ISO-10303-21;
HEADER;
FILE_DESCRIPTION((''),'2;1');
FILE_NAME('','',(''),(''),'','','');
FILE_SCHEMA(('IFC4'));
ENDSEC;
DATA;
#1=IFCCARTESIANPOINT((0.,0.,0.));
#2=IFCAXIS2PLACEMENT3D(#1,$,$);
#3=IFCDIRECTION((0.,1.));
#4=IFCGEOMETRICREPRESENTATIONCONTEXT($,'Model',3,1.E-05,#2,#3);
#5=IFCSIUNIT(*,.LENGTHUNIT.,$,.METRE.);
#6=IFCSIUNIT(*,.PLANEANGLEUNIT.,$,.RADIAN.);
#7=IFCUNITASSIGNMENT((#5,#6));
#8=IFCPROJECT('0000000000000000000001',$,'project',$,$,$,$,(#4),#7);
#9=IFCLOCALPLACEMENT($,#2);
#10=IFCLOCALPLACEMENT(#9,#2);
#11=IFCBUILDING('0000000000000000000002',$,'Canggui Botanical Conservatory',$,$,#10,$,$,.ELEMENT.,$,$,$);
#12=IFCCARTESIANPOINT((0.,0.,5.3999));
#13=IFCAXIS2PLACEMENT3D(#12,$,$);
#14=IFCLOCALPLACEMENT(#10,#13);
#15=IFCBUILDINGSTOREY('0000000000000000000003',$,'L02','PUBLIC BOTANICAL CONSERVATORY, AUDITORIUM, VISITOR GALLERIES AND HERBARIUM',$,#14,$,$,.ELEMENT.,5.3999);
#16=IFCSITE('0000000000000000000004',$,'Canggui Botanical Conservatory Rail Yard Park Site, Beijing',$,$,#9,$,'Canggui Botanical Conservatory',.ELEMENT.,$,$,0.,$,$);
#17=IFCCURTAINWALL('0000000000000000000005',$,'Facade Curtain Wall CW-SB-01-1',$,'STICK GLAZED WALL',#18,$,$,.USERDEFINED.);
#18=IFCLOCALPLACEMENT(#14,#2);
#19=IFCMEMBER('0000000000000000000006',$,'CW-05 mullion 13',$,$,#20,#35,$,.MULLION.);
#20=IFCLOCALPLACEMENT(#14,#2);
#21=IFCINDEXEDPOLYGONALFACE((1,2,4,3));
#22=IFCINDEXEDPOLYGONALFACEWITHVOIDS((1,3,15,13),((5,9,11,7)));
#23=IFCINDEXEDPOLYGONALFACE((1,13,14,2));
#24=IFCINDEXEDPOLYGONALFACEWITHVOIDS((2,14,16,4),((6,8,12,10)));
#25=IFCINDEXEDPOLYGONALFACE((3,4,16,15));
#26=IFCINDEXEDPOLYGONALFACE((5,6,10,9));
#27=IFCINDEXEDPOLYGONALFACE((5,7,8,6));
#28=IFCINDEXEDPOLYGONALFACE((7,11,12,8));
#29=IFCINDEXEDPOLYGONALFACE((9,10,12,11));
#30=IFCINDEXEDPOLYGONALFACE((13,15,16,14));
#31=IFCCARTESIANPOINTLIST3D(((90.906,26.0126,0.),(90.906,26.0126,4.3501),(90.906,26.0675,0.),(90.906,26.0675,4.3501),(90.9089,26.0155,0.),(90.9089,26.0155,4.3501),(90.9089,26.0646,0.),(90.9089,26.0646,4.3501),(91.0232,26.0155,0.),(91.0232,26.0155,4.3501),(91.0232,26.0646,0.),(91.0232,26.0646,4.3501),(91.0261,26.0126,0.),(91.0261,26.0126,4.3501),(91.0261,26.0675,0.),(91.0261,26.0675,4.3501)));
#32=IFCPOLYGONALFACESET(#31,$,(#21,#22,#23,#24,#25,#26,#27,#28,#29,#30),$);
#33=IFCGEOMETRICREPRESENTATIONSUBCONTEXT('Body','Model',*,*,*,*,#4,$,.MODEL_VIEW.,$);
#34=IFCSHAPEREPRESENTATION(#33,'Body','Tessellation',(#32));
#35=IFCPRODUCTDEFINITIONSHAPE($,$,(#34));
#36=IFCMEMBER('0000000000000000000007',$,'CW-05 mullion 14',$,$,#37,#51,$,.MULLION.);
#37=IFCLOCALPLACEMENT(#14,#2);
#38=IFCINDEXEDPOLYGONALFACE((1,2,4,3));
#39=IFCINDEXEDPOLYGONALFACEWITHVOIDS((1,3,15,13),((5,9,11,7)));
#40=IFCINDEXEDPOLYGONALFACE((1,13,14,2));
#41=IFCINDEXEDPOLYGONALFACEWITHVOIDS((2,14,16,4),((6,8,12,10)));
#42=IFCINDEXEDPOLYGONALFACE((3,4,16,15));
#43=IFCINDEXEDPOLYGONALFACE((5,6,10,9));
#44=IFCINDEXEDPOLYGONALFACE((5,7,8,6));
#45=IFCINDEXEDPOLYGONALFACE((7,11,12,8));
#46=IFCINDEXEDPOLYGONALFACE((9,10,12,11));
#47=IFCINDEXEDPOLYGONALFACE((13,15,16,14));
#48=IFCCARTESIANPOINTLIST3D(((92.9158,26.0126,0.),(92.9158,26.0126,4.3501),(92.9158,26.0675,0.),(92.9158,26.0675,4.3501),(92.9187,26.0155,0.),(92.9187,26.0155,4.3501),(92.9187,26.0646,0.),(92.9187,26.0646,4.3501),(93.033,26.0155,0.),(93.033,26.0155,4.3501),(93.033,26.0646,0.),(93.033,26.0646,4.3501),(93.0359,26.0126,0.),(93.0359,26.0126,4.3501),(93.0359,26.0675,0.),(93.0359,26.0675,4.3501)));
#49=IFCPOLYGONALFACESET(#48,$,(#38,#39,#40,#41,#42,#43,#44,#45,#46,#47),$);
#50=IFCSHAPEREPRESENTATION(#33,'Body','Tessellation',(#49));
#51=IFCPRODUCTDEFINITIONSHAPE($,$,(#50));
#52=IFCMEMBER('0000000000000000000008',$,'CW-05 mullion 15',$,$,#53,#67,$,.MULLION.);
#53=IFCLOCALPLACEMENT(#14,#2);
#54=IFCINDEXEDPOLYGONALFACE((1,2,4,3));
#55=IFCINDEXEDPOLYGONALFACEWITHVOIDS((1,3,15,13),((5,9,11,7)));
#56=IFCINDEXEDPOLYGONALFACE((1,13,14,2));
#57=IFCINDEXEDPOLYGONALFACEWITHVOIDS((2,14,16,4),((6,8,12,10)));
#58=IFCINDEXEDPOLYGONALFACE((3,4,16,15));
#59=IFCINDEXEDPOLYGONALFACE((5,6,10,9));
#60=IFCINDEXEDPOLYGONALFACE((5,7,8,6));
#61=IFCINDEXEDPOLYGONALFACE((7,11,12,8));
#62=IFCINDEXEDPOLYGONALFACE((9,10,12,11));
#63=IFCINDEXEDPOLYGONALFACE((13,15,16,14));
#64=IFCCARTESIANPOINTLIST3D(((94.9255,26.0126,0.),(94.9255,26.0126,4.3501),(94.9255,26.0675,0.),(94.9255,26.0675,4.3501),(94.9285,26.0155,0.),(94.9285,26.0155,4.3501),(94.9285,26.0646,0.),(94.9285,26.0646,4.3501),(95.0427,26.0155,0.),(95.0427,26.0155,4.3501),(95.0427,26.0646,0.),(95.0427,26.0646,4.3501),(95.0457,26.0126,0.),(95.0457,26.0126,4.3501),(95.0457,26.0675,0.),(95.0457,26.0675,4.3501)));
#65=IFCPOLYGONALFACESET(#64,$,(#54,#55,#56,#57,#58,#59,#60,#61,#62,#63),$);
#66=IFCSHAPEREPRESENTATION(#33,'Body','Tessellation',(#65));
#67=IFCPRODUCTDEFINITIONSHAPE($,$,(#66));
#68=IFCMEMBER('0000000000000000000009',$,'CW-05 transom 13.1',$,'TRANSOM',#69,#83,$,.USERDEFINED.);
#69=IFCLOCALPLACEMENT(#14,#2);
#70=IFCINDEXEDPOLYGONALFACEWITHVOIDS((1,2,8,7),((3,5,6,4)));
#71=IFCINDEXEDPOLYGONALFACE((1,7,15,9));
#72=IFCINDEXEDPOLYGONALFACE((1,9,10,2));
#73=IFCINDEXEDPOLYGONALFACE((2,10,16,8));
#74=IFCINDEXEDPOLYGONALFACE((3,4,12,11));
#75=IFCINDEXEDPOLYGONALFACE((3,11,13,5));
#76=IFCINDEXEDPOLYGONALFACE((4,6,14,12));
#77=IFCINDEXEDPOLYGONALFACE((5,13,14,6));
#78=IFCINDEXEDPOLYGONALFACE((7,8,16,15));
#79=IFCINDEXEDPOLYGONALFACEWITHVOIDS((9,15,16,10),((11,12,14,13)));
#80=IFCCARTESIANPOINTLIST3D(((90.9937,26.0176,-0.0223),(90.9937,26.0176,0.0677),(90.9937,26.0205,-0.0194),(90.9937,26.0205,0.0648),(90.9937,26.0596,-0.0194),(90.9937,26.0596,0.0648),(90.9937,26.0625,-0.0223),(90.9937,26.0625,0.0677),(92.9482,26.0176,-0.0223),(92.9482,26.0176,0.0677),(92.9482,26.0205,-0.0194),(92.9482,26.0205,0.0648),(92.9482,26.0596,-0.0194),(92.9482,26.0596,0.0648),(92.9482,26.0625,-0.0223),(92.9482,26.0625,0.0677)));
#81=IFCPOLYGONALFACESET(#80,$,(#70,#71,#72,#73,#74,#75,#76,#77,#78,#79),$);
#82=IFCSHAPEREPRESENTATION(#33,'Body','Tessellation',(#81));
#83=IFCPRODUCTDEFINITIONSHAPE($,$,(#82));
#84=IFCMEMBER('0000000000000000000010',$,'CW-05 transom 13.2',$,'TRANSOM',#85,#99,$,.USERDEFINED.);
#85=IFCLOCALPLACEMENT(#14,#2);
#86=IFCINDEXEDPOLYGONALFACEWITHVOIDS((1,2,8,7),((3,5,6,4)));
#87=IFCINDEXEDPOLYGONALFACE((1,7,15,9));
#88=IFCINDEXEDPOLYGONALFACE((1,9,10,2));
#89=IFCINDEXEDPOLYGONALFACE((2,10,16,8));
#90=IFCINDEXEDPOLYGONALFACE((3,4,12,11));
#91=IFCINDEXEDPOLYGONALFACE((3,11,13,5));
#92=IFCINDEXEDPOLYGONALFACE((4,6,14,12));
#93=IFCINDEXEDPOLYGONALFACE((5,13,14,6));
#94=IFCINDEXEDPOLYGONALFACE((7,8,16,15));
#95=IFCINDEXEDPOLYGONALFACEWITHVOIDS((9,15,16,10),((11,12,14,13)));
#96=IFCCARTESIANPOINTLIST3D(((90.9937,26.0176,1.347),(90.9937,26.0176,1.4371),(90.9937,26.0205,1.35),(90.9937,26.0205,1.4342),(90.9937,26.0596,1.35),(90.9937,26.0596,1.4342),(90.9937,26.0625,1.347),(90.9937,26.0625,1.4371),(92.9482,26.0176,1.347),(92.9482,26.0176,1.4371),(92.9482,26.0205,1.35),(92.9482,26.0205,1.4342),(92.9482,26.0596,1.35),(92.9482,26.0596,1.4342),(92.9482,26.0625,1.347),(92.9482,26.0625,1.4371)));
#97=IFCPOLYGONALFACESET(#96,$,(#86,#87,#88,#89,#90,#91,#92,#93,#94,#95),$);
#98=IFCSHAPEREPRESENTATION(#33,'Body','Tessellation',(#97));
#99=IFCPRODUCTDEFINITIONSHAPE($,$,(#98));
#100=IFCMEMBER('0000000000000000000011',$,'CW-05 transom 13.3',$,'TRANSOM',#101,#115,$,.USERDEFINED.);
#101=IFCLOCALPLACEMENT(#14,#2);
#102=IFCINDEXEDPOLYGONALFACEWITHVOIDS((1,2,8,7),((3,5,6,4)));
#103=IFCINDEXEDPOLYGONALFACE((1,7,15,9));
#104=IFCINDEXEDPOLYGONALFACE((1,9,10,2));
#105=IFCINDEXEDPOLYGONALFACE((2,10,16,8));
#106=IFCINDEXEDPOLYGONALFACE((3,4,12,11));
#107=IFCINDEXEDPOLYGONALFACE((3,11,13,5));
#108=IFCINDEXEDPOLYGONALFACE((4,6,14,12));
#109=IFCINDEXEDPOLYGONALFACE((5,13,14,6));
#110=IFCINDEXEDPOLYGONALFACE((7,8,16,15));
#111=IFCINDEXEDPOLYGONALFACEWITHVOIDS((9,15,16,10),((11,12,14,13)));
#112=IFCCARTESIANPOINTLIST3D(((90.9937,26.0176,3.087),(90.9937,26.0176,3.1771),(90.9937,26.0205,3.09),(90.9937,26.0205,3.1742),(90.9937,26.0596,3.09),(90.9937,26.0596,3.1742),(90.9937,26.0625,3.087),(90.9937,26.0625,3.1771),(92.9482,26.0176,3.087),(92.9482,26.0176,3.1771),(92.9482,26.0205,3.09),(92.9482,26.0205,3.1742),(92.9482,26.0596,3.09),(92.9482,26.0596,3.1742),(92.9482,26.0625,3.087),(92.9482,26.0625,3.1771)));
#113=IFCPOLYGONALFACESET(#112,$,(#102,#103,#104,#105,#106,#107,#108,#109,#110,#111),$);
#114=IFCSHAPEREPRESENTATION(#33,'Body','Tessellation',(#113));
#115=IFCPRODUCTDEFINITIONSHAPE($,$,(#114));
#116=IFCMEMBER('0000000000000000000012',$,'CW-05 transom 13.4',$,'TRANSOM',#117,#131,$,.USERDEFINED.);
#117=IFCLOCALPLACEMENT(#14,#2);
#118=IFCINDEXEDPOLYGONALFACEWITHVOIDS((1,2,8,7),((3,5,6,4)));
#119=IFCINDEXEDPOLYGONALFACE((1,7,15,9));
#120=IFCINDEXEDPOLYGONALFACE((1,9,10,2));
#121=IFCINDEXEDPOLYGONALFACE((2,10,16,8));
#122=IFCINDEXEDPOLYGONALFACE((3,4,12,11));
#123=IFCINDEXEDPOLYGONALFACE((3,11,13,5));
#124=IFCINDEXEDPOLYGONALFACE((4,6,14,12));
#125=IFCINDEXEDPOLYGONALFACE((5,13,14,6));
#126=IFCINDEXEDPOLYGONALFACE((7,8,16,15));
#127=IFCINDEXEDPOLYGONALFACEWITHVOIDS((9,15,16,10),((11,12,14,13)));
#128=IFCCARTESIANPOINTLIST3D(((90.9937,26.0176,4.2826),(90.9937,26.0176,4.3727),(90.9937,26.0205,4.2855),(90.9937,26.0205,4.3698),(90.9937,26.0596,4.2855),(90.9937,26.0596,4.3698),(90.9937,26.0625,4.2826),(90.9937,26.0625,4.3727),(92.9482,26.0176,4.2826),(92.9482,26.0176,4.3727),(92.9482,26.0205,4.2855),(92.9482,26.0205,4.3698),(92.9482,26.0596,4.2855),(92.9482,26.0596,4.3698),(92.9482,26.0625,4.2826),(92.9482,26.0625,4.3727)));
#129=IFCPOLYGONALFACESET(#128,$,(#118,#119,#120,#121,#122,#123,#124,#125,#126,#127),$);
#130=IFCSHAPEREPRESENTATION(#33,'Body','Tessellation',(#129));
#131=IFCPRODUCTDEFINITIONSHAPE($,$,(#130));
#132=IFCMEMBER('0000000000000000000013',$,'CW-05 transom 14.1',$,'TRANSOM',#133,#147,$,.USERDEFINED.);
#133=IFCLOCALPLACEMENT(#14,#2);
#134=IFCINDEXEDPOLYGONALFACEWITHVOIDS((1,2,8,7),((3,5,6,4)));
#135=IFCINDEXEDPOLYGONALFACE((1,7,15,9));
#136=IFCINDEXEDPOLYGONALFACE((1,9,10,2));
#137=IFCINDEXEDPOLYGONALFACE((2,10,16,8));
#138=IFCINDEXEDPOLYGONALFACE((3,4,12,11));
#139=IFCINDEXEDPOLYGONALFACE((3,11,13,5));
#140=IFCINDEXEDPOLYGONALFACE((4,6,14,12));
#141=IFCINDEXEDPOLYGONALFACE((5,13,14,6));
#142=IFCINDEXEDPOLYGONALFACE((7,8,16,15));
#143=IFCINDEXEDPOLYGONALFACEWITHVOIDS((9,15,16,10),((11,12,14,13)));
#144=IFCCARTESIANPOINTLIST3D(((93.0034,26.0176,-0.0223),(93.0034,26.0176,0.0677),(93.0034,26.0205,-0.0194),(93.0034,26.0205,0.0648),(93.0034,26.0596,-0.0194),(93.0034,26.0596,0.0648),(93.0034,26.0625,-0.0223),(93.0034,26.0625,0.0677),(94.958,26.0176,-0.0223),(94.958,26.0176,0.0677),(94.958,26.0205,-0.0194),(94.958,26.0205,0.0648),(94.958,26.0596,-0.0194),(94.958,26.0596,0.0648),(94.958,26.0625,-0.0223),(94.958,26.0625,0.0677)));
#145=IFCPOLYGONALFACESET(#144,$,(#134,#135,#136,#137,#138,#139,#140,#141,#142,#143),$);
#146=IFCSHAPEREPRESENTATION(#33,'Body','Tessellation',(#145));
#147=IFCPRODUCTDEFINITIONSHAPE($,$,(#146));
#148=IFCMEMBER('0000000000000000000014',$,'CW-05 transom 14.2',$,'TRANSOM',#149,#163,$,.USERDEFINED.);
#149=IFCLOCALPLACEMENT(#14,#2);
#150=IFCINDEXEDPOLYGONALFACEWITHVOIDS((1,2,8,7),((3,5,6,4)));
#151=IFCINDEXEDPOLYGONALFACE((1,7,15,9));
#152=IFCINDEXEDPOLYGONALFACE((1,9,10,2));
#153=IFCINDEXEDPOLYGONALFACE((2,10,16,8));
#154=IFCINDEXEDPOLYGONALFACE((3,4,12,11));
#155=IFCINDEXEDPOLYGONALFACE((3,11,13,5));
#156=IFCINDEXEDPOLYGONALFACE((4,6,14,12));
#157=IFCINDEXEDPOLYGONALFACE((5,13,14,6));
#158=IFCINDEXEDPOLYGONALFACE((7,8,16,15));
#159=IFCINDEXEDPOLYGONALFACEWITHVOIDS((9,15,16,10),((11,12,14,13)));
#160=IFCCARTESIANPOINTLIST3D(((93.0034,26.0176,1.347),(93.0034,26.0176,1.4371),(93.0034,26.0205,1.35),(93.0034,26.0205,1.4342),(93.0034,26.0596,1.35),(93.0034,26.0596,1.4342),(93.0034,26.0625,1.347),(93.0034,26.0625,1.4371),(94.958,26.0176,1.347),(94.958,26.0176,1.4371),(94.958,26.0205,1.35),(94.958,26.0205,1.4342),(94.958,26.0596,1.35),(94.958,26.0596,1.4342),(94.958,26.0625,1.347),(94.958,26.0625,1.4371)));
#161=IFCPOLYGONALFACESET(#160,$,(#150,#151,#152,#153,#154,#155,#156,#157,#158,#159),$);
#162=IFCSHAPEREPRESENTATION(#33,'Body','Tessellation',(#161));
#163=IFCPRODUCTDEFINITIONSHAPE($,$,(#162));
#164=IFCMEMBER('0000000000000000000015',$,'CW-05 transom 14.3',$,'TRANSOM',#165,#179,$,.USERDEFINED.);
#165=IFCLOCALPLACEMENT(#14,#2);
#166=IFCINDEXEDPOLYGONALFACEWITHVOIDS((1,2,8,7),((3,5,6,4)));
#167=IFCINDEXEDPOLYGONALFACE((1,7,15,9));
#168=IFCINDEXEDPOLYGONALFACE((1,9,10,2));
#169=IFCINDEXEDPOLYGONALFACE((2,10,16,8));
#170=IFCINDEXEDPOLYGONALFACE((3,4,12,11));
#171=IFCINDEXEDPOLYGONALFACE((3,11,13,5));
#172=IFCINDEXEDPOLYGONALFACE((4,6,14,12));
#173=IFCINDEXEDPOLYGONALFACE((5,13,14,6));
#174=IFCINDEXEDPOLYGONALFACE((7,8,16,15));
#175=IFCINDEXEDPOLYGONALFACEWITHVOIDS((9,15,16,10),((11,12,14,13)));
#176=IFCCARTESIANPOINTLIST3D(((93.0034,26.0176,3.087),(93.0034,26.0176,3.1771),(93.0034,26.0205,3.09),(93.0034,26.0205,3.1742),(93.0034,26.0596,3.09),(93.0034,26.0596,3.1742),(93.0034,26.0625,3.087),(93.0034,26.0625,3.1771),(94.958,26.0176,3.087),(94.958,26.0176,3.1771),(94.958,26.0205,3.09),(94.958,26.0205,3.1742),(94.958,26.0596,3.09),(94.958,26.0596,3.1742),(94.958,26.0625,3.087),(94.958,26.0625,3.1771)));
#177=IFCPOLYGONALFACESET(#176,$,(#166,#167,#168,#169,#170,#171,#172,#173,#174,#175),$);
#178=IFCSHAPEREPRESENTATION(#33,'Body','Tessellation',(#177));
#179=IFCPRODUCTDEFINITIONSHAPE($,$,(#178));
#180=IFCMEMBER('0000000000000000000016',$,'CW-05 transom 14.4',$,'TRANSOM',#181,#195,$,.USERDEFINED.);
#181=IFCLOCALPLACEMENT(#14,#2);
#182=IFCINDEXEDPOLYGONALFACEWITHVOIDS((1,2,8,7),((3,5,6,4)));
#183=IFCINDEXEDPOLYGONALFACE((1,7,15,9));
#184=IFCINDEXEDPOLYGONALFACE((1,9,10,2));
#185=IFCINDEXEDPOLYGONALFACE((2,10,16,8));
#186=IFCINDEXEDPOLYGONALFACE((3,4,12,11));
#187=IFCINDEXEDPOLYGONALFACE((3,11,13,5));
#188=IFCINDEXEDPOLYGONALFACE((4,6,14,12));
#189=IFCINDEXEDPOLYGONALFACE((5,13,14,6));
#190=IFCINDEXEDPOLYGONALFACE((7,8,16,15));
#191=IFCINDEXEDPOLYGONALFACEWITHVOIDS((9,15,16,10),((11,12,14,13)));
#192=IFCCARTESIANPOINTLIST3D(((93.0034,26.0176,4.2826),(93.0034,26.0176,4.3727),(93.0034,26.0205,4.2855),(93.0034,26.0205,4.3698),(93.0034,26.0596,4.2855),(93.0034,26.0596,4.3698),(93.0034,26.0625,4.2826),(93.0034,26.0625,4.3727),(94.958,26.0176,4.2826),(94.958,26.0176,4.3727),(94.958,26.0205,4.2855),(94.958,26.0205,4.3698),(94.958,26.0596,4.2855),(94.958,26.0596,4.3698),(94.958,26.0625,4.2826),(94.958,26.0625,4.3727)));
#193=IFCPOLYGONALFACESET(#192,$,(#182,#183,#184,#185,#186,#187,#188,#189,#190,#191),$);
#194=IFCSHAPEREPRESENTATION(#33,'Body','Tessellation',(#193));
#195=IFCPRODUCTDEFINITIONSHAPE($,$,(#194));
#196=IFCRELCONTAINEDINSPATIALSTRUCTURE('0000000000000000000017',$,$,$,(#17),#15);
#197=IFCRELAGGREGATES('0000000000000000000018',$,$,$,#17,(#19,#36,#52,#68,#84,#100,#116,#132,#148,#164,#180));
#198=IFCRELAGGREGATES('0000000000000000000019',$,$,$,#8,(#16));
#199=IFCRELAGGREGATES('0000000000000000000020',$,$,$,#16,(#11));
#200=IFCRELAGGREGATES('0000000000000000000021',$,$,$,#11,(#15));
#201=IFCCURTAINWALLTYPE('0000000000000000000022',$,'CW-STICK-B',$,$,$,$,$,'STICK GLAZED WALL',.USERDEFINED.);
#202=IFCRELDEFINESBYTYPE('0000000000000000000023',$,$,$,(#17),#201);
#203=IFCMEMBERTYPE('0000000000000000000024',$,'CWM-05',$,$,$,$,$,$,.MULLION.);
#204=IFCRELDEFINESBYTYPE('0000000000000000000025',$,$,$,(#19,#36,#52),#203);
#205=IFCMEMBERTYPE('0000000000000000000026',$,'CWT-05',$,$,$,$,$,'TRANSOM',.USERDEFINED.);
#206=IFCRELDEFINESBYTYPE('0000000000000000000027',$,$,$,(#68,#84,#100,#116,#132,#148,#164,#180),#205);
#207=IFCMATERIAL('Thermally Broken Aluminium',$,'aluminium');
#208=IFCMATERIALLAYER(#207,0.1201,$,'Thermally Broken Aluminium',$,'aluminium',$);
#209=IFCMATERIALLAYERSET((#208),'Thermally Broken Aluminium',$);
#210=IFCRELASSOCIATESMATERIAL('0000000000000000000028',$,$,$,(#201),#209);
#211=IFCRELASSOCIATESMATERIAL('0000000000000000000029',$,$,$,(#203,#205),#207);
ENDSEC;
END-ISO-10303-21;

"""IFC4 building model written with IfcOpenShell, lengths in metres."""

from ifc_helpers import new_model, si_unit, direction, frame, origin, origin_2d, place, context, subcontext, project, spatial, hollow_rectangle, extrude, material, layer, layer_set, material_profile, profile_set, type_object, element, aggregate, save


model = new_model("IFC4")

# Units and contexts
model_context = context("Model", 3, precision=1e-05, world=origin(), true_north=direction((0.0, 1.0)))
body_context = subcontext(model_context, "Body", "Model", "MODEL_VIEW")
ifc_project = project(units=[si_unit("LENGTHUNIT", "METRE"), si_unit("PLANEANGLEUNIT", "RADIAN")], contexts=[model_context])

# Site, building, storey
site_placement = place(None, origin())
site = spatial("IfcSite", under=ifc_project, at=site_placement, Name="Canggui Botanical Conservatory Rail Yard Park Site, Beijing", LongName="Canggui Botanical Conservatory", CompositionType="ELEMENT", RefElevation=0.0)
building_placement = place(site_placement, origin())
building = spatial("IfcBuilding", under=site, at=building_placement, Name="Canggui Botanical Conservatory", CompositionType="ELEMENT")
storey_placement = place(building_placement, frame((0.0, 0.0, 5.3999)))
storey = spatial("IfcBuildingStorey", under=building, at=storey_placement, Name="L02", Description="PUBLIC BOTANICAL CONSERVATORY, AUDITORIUM, VISITOR GALLERIES AND HERBARIUM", CompositionType="ELEMENT", Elevation=5.3999)

# Curtain wall, members
ifc_material_1 = material(Name="Thermally Broken Aluminium", Category="aluminium")
ifc_layer_1 = layer(ifc_material_1, 0.1201, Name="Thermally Broken Aluminium", Category="aluminium")
ifc_layer_set_1 = layer_set([ifc_layer_1], Name="Thermally Broken Aluminium")
curtain_wall_type = type_object("IfcCurtainWallType", Name="CW-STICK-B", ElementType="STICK GLAZED WALL", PredefinedType="USERDEFINED", material=ifc_layer_set_1)
curtain_wall_placement = place(storey_placement, origin())
curtain_wall = element("IfcCurtainWall", 1, at=curtain_wall_placement, inside=storey, type_object=curtain_wall_type, Name="Facade Curtain Wall CW-SB-01-1", ObjectType="STICK GLAZED WALL", PredefinedType="USERDEFINED")
ifc_material_profile_1 = material_profile(ifc_material_1, hollow_rectangle(XDim=0.0549, YDim=0.1201, WallThickness=0.0029, at=origin_2d()), Name="CWM 55x120x3")
ifc_profile_set_1 = profile_set([ifc_material_profile_1], Name="Thermally Broken Aluminium")
member_type_1 = type_object("IfcMemberType", Name="CWM-05", PredefinedType="MULLION", material=ifc_profile_set_1)
member_1_placement = place(storey_placement, frame((90.9661, 26.04, 0.0), z_axis=(0.0, 0.0, 1.0), x_axis=(0.0, 1.0, 0.0)))
member_1 = element("IfcMember", 2, at=member_1_placement, type_object=member_type_1, Name="CW-05 mullion 13", PredefinedType="MULLION", context=body_context, shape_type="SweptSolid", body=[
    extrude(hollow_rectangle(XDim=0.0549, YDim=0.1201, WallThickness=0.0029, at=origin_2d()), origin(), (0.0, 0.0, 1.0), 4.3501),
])
member_2_placement = place(storey_placement, frame((92.9758, 26.04, 0.0), z_axis=(0.0, 0.0, 1.0), x_axis=(0.0, 1.0, 0.0)))
member_2 = element("IfcMember", 3, at=member_2_placement, type_object=member_type_1, Name="CW-05 mullion 14", PredefinedType="MULLION", context=body_context, shape_type="SweptSolid", body=[
    extrude(hollow_rectangle(XDim=0.0549, YDim=0.1201, WallThickness=0.0029, at=origin_2d()), origin(), (0.0, 0.0, 1.0), 4.3501),
])
member_3_placement = place(storey_placement, frame((94.9856, 26.04, 0.0), z_axis=(0.0, 0.0, 1.0), x_axis=(0.0, 1.0, 0.0)))
member_3 = element("IfcMember", 4, at=member_3_placement, type_object=member_type_1, Name="CW-05 mullion 15", PredefinedType="MULLION", context=body_context, shape_type="SweptSolid", body=[
    extrude(hollow_rectangle(XDim=0.0549, YDim=0.1201, WallThickness=0.0029, at=origin_2d()), origin(), (0.0, 0.0, 1.0), 4.3501),
])
ifc_material_profile_2 = material_profile(ifc_material_1, hollow_rectangle(XDim=0.0449, YDim=0.0901, WallThickness=0.0029, at=origin_2d()), Name="CWT 45x90x3")
ifc_profile_set_2 = profile_set([ifc_material_profile_2], Name="Thermally Broken Aluminium")
member_type_2 = type_object("IfcMemberType", Name="CWT-05", ElementType="TRANSOM", PredefinedType="USERDEFINED", material=ifc_profile_set_2)
member_4_placement = place(storey_placement, frame((90.9937, 26.04, 0.0227), z_axis=(1.0, 0.0, 0.0), x_axis=(0.0, 1.0, 0.0)))
member_4 = element("IfcMember", 5, at=member_4_placement, type_object=member_type_2, Name="CW-05 transom 13.1", ObjectType="TRANSOM", PredefinedType="USERDEFINED", context=body_context, shape_type="SweptSolid", body=[
    extrude(hollow_rectangle(XDim=0.0449, YDim=0.0901, WallThickness=0.0029, at=origin_2d()), origin(), (0.0, 0.0, 1.0), 1.9546),
])
member_5_placement = place(storey_placement, frame((90.9937, 26.04, 1.3921), z_axis=(1.0, 0.0, 0.0), x_axis=(0.0, 1.0, 0.0)))
member_5 = element("IfcMember", 6, at=member_5_placement, type_object=member_type_2, Name="CW-05 transom 13.2", ObjectType="TRANSOM", PredefinedType="USERDEFINED", context=body_context, shape_type="SweptSolid", body=[
    extrude(hollow_rectangle(XDim=0.0449, YDim=0.0901, WallThickness=0.0029, at=origin_2d()), origin(), (0.0, 0.0, 1.0), 1.9546),
])
member_6_placement = place(storey_placement, frame((90.9937, 26.04, 3.1321), z_axis=(1.0, 0.0, 0.0), x_axis=(0.0, 1.0, 0.0)))
member_6 = element("IfcMember", 7, at=member_6_placement, type_object=member_type_2, Name="CW-05 transom 13.3", ObjectType="TRANSOM", PredefinedType="USERDEFINED", context=body_context, shape_type="SweptSolid", body=[
    extrude(hollow_rectangle(XDim=0.0449, YDim=0.0901, WallThickness=0.0029, at=origin_2d()), origin(), (0.0, 0.0, 1.0), 1.9546),
])
member_7_placement = place(storey_placement, frame((90.9937, 26.04, 4.3276), z_axis=(1.0, 0.0, 0.0), x_axis=(0.0, 1.0, 0.0)))
member_7 = element("IfcMember", 8, at=member_7_placement, type_object=member_type_2, Name="CW-05 transom 13.4", ObjectType="TRANSOM", PredefinedType="USERDEFINED", context=body_context, shape_type="SweptSolid", body=[
    extrude(hollow_rectangle(XDim=0.0449, YDim=0.0901, WallThickness=0.0029, at=origin_2d()), origin(), (0.0, 0.0, 1.0), 1.9546),
])
member_8_placement = place(storey_placement, frame((93.0034, 26.04, 0.0227), z_axis=(1.0, 0.0, 0.0), x_axis=(0.0, 1.0, 0.0)))
member_8 = element("IfcMember", 9, at=member_8_placement, type_object=member_type_2, Name="CW-05 transom 14.1", ObjectType="TRANSOM", PredefinedType="USERDEFINED", context=body_context, shape_type="SweptSolid", body=[
    extrude(hollow_rectangle(XDim=0.0449, YDim=0.0901, WallThickness=0.0029, at=origin_2d()), origin(), (0.0, 0.0, 1.0), 1.9546),
])
member_9_placement = place(storey_placement, frame((93.0034, 26.04, 1.3921), z_axis=(1.0, 0.0, 0.0), x_axis=(0.0, 1.0, 0.0)))
member_9 = element("IfcMember", 10, at=member_9_placement, type_object=member_type_2, Name="CW-05 transom 14.2", ObjectType="TRANSOM", PredefinedType="USERDEFINED", context=body_context, shape_type="SweptSolid", body=[
    extrude(hollow_rectangle(XDim=0.0449, YDim=0.0901, WallThickness=0.0029, at=origin_2d()), origin(), (0.0, 0.0, 1.0), 1.9546),
])
member_10_placement = place(storey_placement, frame((93.0034, 26.04, 3.1321), z_axis=(1.0, 0.0, 0.0), x_axis=(0.0, 1.0, 0.0)))
member_10 = element("IfcMember", 11, at=member_10_placement, type_object=member_type_2, Name="CW-05 transom 14.3", ObjectType="TRANSOM", PredefinedType="USERDEFINED", context=body_context, shape_type="SweptSolid", body=[
    extrude(hollow_rectangle(XDim=0.0449, YDim=0.0901, WallThickness=0.0029, at=origin_2d()), origin(), (0.0, 0.0, 1.0), 1.9546),
])
member_11_placement = place(storey_placement, frame((93.0034, 26.04, 4.3276), z_axis=(1.0, 0.0, 0.0), x_axis=(0.0, 1.0, 0.0)))
member_11 = element("IfcMember", 12, at=member_11_placement, type_object=member_type_2, Name="CW-05 transom 14.4", ObjectType="TRANSOM", PredefinedType="USERDEFINED", context=body_context, shape_type="SweptSolid", body=[
    extrude(hollow_rectangle(XDim=0.0449, YDim=0.0901, WallThickness=0.0029, at=origin_2d()), origin(), (0.0, 0.0, 1.0), 1.9546),
])

aggregate(curtain_wall, [member_1, member_2, member_3, member_4, member_5, member_6, member_7, member_8, member_9, member_10, member_11])

save(model, "model.ifc")
